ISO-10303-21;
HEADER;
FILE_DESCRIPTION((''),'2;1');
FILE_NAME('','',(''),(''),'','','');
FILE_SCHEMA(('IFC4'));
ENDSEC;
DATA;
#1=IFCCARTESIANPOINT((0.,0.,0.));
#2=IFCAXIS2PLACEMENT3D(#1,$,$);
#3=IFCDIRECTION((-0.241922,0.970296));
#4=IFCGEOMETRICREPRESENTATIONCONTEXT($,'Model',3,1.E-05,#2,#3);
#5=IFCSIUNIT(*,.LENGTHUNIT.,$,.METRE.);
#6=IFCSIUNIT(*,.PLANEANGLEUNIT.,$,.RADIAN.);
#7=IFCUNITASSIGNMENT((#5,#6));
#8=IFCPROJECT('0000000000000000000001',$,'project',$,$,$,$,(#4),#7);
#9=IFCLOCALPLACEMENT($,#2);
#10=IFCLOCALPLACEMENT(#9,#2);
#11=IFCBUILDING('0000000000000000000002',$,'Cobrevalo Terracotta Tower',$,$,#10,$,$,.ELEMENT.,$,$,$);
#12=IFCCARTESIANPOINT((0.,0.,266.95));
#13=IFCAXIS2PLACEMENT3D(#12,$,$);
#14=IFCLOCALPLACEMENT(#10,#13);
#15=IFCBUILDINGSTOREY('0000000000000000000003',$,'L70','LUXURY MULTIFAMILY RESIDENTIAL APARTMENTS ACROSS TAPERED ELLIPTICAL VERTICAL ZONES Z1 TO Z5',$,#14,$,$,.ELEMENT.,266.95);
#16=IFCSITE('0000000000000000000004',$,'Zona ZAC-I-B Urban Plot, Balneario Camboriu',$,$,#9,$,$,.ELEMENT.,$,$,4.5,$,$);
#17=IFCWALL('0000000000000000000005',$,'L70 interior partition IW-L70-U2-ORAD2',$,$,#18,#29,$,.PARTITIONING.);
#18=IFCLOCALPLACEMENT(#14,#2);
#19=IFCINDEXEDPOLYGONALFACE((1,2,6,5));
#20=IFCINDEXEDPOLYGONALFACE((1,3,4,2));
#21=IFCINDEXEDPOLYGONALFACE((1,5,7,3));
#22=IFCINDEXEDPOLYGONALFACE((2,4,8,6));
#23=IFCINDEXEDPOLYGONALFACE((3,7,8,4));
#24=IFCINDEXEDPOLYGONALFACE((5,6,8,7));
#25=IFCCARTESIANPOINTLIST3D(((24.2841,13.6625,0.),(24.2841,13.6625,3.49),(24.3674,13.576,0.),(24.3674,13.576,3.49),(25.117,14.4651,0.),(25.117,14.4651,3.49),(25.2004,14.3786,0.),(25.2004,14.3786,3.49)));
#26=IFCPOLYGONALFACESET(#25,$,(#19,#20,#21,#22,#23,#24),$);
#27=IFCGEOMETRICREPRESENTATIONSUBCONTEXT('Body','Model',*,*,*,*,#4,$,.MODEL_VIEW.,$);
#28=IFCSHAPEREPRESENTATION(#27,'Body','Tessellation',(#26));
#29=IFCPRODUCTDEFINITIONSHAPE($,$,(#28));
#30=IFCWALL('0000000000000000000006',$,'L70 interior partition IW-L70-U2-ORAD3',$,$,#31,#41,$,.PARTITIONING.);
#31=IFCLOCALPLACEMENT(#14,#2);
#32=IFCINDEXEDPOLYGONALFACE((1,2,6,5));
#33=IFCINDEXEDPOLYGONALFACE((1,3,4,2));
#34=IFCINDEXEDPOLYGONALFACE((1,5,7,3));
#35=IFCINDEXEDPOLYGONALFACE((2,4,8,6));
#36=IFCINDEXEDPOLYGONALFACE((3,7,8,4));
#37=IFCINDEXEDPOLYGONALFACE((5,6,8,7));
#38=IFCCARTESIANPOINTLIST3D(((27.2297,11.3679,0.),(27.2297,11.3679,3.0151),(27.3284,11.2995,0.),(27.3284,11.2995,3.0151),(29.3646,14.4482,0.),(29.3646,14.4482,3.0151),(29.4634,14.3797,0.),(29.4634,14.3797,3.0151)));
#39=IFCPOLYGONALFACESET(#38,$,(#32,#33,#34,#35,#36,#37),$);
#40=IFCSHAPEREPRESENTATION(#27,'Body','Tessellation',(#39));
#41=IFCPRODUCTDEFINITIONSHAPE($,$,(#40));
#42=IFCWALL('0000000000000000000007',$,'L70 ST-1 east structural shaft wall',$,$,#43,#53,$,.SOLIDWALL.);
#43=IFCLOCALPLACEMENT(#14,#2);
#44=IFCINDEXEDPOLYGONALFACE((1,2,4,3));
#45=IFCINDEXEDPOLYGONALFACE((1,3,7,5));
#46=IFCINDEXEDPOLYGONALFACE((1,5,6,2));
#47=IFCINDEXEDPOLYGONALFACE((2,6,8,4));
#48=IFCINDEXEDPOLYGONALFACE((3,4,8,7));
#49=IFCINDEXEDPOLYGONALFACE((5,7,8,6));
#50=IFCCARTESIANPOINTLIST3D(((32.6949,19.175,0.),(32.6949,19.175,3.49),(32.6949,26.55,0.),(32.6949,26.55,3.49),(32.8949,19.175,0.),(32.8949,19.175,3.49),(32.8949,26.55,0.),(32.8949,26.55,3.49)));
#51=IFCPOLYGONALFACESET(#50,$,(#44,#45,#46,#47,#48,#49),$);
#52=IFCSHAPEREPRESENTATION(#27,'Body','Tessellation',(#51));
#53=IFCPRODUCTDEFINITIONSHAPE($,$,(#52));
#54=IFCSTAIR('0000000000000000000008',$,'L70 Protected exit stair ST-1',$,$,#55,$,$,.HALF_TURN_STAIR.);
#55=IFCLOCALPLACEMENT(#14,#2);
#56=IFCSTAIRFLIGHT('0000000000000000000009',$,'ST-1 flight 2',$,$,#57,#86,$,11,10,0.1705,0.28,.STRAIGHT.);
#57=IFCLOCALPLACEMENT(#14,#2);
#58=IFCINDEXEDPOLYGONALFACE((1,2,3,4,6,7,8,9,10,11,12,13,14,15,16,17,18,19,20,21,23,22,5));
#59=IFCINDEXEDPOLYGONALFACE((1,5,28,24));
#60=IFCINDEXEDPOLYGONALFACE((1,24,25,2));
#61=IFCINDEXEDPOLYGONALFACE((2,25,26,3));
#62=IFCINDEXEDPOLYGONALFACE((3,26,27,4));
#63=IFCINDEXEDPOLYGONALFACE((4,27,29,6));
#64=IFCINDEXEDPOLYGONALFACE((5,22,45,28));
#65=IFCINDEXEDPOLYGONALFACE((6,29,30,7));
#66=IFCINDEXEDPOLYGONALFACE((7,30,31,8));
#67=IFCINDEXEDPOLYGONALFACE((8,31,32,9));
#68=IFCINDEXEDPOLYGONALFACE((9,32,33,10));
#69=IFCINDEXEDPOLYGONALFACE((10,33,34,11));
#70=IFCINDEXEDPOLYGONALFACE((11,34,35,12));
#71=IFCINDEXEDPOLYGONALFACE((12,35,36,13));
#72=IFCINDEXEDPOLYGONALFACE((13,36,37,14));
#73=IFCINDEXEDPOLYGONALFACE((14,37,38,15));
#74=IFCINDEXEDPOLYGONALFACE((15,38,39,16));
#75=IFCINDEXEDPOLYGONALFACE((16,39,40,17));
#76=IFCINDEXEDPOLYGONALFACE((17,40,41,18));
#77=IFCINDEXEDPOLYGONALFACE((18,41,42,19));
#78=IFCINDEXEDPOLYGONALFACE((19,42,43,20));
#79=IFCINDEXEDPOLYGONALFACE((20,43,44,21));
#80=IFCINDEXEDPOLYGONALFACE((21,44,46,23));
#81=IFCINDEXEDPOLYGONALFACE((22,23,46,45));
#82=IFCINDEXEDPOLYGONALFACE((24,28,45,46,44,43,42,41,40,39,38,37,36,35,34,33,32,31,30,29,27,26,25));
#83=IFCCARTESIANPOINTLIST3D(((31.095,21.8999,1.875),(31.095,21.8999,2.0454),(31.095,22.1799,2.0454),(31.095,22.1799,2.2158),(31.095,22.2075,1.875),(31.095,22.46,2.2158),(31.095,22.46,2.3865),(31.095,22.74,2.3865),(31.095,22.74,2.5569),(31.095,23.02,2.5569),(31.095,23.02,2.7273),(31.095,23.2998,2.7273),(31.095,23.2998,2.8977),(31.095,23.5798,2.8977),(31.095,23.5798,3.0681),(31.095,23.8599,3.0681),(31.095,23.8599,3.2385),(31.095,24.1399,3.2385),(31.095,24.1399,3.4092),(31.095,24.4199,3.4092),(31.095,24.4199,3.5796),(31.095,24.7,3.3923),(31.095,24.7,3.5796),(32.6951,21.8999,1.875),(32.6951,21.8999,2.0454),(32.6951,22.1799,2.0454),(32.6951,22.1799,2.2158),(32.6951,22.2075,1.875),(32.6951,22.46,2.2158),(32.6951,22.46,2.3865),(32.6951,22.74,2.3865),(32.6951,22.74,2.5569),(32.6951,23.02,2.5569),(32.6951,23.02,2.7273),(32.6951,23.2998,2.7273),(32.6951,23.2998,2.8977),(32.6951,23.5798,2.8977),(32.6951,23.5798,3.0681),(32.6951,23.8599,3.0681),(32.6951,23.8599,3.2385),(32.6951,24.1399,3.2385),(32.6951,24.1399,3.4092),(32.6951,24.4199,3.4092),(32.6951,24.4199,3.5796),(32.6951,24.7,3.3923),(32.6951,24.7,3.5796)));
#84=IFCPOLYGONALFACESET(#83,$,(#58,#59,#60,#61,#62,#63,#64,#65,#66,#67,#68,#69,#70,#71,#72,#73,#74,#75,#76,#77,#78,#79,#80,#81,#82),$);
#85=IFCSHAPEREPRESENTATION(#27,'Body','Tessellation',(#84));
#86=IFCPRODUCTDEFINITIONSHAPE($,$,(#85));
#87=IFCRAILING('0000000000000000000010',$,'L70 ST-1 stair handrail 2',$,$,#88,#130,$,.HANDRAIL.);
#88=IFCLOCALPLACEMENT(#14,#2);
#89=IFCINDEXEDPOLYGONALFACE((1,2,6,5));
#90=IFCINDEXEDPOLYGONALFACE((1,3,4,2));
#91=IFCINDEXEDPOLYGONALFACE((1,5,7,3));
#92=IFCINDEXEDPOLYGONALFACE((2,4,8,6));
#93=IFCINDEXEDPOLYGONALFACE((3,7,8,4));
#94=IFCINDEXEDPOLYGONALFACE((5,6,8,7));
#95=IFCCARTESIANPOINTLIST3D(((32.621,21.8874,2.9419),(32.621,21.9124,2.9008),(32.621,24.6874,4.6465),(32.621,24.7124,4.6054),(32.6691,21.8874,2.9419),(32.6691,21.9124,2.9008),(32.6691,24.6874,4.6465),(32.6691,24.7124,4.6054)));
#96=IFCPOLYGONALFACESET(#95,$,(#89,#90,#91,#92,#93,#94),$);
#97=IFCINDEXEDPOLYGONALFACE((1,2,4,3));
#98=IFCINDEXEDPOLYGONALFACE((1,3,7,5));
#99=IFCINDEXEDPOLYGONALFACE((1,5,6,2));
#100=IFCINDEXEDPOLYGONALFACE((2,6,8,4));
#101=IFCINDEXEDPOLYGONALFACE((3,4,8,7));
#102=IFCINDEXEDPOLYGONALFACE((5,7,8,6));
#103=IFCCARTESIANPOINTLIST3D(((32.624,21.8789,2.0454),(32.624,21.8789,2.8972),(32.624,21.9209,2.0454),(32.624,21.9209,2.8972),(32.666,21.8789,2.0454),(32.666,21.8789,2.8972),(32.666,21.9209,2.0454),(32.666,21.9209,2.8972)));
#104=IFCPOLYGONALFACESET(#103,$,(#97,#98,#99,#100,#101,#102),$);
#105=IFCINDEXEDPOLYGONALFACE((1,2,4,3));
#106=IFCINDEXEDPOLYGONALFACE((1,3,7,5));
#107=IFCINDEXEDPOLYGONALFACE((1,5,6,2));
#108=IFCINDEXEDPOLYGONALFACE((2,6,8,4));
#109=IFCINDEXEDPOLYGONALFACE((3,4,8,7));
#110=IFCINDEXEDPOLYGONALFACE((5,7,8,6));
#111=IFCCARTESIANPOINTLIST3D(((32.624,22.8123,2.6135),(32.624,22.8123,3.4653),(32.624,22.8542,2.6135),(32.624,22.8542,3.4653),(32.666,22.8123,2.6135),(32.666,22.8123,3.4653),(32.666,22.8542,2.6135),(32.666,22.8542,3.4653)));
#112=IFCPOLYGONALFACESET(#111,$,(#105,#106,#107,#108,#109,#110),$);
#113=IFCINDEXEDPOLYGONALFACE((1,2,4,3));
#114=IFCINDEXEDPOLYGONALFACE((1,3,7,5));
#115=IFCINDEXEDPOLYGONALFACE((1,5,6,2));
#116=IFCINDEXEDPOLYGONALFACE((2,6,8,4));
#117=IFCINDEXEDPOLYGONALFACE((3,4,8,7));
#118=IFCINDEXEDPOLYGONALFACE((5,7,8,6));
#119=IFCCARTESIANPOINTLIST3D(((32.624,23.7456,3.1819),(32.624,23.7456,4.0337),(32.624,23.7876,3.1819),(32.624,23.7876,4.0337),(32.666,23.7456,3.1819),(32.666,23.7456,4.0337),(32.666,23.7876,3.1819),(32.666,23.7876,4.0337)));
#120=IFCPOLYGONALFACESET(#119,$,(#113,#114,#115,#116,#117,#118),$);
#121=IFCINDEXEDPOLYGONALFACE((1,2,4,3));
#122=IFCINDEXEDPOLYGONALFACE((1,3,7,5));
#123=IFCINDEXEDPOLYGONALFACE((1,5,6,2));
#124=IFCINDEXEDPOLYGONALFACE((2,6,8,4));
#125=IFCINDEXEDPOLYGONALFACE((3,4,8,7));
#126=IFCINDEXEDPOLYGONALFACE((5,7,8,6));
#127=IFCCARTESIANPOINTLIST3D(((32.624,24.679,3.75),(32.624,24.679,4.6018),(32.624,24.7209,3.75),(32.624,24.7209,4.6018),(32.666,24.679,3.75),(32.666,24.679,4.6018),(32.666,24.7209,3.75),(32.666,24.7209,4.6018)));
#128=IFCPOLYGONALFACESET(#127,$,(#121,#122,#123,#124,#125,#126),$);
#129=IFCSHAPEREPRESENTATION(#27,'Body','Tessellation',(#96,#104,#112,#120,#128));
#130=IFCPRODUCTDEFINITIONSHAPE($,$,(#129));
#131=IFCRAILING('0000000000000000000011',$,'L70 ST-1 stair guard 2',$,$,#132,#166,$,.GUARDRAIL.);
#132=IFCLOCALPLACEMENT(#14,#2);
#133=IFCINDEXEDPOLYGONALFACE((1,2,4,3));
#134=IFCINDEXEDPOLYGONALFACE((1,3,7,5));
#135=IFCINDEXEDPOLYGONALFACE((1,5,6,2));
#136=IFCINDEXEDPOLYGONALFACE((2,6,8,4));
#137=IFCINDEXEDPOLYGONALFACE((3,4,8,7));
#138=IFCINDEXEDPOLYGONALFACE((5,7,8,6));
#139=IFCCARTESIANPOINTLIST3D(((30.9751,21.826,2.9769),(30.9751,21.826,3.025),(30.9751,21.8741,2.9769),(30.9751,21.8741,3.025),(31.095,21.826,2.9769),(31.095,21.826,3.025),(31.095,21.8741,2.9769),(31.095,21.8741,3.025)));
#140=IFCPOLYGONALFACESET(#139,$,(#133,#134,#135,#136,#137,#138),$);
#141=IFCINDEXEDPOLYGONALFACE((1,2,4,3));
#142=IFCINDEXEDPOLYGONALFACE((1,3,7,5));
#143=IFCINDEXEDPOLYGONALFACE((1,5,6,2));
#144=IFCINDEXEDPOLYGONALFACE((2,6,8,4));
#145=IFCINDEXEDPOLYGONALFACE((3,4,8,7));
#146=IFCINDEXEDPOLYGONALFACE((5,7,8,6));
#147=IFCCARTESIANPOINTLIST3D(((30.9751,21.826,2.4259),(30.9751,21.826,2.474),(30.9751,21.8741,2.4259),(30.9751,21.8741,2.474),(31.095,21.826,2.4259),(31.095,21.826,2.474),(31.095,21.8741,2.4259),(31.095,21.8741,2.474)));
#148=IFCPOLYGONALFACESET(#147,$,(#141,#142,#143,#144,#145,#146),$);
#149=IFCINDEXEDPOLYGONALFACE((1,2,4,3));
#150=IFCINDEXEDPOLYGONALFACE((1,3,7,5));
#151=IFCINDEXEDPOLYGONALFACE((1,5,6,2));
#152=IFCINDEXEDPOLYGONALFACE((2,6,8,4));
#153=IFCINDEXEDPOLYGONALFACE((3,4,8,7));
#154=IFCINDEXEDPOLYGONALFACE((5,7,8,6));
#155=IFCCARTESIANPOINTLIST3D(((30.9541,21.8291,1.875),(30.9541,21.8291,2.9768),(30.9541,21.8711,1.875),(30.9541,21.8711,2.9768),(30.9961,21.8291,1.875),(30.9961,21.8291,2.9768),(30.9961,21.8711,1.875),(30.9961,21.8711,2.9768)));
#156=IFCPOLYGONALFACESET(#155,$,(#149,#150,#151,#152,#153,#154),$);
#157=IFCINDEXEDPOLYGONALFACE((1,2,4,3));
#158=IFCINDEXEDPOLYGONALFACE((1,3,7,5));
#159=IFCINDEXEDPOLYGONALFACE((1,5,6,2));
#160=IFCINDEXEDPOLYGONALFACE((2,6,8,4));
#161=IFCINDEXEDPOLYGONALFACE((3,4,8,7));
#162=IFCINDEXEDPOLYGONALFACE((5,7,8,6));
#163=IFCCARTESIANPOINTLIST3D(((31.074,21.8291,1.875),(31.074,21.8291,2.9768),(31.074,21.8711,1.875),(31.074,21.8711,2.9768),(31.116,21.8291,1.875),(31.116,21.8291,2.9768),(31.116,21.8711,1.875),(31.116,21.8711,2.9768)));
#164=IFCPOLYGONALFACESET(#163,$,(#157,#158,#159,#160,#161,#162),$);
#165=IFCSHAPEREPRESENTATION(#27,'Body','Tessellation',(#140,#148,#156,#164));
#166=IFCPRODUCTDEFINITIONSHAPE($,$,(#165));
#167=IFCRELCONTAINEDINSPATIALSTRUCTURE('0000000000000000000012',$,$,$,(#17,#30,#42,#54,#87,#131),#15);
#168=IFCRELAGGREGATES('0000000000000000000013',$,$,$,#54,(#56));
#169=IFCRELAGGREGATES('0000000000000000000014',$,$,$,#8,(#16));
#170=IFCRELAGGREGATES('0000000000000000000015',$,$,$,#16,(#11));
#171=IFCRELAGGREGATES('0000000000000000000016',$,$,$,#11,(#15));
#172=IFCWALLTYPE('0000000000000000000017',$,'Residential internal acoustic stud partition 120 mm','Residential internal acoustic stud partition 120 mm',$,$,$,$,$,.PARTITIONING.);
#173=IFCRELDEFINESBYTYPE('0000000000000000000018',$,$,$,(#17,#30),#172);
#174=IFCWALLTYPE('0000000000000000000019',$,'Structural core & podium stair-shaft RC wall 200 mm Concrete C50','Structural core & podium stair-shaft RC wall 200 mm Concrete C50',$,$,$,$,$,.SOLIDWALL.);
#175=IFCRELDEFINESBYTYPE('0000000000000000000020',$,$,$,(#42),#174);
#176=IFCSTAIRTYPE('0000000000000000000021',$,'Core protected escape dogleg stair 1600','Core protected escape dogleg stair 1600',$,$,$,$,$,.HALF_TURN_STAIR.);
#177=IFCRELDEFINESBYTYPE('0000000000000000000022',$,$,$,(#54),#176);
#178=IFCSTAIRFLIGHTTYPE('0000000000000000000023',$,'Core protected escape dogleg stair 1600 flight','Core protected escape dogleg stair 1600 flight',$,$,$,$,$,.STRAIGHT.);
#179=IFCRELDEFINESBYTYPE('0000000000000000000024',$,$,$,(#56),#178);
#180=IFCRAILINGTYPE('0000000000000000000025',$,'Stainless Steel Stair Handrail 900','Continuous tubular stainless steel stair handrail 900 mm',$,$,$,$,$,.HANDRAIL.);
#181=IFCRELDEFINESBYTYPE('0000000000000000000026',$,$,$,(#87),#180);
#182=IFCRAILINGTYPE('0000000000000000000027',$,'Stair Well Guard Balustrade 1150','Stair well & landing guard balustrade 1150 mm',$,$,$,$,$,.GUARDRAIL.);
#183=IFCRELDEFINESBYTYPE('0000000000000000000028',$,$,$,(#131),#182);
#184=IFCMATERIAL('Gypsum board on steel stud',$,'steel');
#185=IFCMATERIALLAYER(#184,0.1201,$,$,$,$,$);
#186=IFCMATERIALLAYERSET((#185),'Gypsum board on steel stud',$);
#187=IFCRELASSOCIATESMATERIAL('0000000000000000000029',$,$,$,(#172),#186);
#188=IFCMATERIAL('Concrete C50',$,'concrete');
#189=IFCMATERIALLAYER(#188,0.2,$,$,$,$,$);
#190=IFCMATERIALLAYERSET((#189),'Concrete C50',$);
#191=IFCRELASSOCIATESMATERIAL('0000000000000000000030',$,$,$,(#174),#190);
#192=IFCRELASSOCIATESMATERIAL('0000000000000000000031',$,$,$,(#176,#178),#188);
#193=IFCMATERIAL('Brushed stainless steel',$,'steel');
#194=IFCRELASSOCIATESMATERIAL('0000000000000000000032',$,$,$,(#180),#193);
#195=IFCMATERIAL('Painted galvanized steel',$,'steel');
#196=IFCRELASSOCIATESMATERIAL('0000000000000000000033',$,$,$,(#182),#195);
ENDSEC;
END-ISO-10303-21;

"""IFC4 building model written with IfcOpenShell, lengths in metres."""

from ifc_helpers import new_model, si_unit, direction, frame, frame_2d, origin, origin_2d, place, context, subcontext, project, spatial, polyline, rectangle, outline, extrude, material, layer, layer_set, type_object, element, aggregate, save


model = new_model("IFC4")

# Units and contexts
model_context = context("Model", 3, precision=1e-05, world=origin(), true_north=direction((-0.241922, 0.970296)))
body_context = subcontext(model_context, "Body", "Model", "MODEL_VIEW")
ifc_project = project(units=[si_unit("LENGTHUNIT", "METRE"), si_unit("PLANEANGLEUNIT", "RADIAN")], contexts=[model_context])

# Site, building, storey
site_placement = place(None, origin())
site = spatial("IfcSite", under=ifc_project, at=site_placement, Name="Zona ZAC-I-B Urban Plot, Balneario Camboriu", CompositionType="ELEMENT", RefElevation=4.5)
building_placement = place(site_placement, origin())
building = spatial("IfcBuilding", under=site, at=building_placement, Name="Cobrevalo Terracotta Tower", CompositionType="ELEMENT")
storey_placement = place(building_placement, frame((0.0, 0.0, 266.95)))
storey = spatial("IfcBuildingStorey", under=building, at=storey_placement, Name="L70", Description="LUXURY MULTIFAMILY RESIDENTIAL APARTMENTS ACROSS TAPERED ELLIPTICAL VERTICAL ZONES Z1 TO Z5", CompositionType="ELEMENT", Elevation=266.95)

# Shared definitions
ifc_material_1 = material(Name="Concrete C50", Category="concrete")

# Shared definitions
ifc_material_2 = material(Name="Gypsum board on steel stud", Category="steel")

# Walls
ifc_layer_1 = layer(ifc_material_2, 0.1201)
ifc_layer_set_1 = layer_set([ifc_layer_1], Name="Gypsum board on steel stud")
wall_type_1 = type_object("IfcWallType", Name="Residential internal acoustic stud partition 120 mm", Description="Residential internal acoustic stud partition 120 mm", PredefinedType="PARTITIONING", material=ifc_layer_set_1)
wall_1_placement = place(storey_placement, frame((25.1587, 14.4219, 0.0), z_axis=(0.0, 0.0, 1.0), x_axis=(-0.72007, -0.693901, 0.0)))
element("IfcWall", 1, at=wall_1_placement, inside=storey, type_object=wall_type_1, Name="L70 interior partition IW-L70-U2-ORAD2", PredefinedType="PARTITIONING", context=body_context, shape_type="SweptSolid", body=[
    extrude(rectangle(XDim=1.1567, YDim=0.1201, at=frame_2d((0.5784, 0.0))), origin(), (0.0, 0.0, 1.0), 3.49),
])
wall_2_placement = place(storey_placement, frame((29.4141, 14.4141, 0.0), z_axis=(0.0, 0.0, 1.0), x_axis=(-0.569657, -0.821883, 0.0)))
element("IfcWall", 2, at=wall_2_placement, inside=storey, type_object=wall_type_1, Name="L70 interior partition IW-L70-U2-ORAD3", PredefinedType="PARTITIONING", context=body_context, shape_type="SweptSolid", body=[
    extrude(rectangle(XDim=3.7478, YDim=0.1201, at=frame_2d((1.874, 0.0))), origin(), (0.0, 0.0, 1.0), 3.0151),
])

# Wall
ifc_layer_2 = layer(ifc_material_1, 0.2)
ifc_layer_set_2 = layer_set([ifc_layer_2], Name="Concrete C50")
wall_type_2 = type_object("IfcWallType", Name="Structural core & podium stair-shaft RC wall 200 mm Concrete C50", Description="Structural core & podium stair-shaft RC wall 200 mm Concrete C50", PredefinedType="SOLIDWALL", material=ifc_layer_set_2)
wall_3_placement = place(storey_placement, frame((32.7949, 19.175, 0.0), z_axis=(0.0, 0.0, 1.0), x_axis=(0.0, 1.0, 0.0)))
element("IfcWall", 3, at=wall_3_placement, inside=storey, type_object=wall_type_2, Name="L70 ST-1 east structural shaft wall", PredefinedType="SOLIDWALL", context=body_context, shape_type="SweptSolid", body=[
    extrude(rectangle(XDim=7.375, YDim=0.2, at=frame_2d((3.6875, 0.0))), origin(), (0.0, 0.0, 1.0), 3.49),
])

# Stair, stair flight
stair_type = type_object("IfcStairType", Name="Core protected escape dogleg stair 1600", Description="Core protected escape dogleg stair 1600", PredefinedType="HALF_TURN_STAIR", material=ifc_material_1)
stair_placement = place(storey_placement, origin())
stair = element("IfcStair", 4, at=stair_placement, inside=storey, type_object=stair_type, Name="L70 Protected exit stair ST-1", PredefinedType="HALF_TURN_STAIR")
stair_flight_type = type_object("IfcStairFlightType", Name="Core protected escape dogleg stair 1600 flight", Description="Core protected escape dogleg stair 1600 flight", PredefinedType="STRAIGHT", material=ifc_material_1)
stair_flight_placement = place(storey_placement, frame((31.895, 21.8999, 1.875), z_axis=(0.0, 0.0, 1.0), x_axis=(0.0, 1.0, 0.0)))
stair_flight = element("IfcStairFlight", 5, at=stair_flight_placement, type_object=stair_flight_type, Name="ST-1 flight 2", NumberOfRisers=11, NumberOfTreads=10, PredefinedType="STRAIGHT", RiserHeight=0.1705, TreadLength=0.28, context=body_context, shape_type="SweptSolid", body=[
    extrude(outline(polyline([(0.0, 0.0), (0.0, 0.1704), (0.28, 0.1704), (0.28, 0.3408), (0.5601, 0.3408), (0.5601, 0.5115), (0.8401, 0.5115), (0.8401, 0.6819), (1.1201, 0.6819), (1.1201, 0.8523), (1.3999, 0.8523), (1.3999, 1.0227), (1.6799, 1.0227), (1.6799, 1.1931), (1.96, 1.1931), (1.96, 1.3635), (2.24, 1.3635), (2.24, 1.5342), (2.52, 1.5342), (2.52, 1.7046), (2.8, 1.7046), (2.8, 1.875), (2.8, 1.5173), (0.3076, 0.0), (0.0, 0.0)])), frame((0.0, 0.8, 0.0), z_axis=(0.0, -1.0, 0.0), x_axis=(1.0, 0.0, 0.0)), (0.0, 0.0, 1.0), 1.6001),
])
aggregate(stair, [stair_flight])

# Railings
ifc_material_3 = material(Name="Brushed stainless steel", Category="steel")
railing_type_1 = type_object("IfcRailingType", Name="Stainless Steel Stair Handrail 900", Description="Continuous tubular stainless steel stair handrail 900 mm", PredefinedType="HANDRAIL", material=ifc_material_3)
railing_1_placement = place(storey_placement, frame((32.645, 21.8999, 2.0454)))
element("IfcRailing", 6, at=railing_1_placement, inside=storey, type_object=railing_type_1, Name="L70 ST-1 stair handrail 2", PredefinedType="HANDRAIL", context=body_context, shape_type="SweptSolid", body=[
    extrude(rectangle(XDim=0.0481, YDim=0.0481, at=origin_2d()), frame((0.0, 0.0, 0.876), z_axis=(0.0, 0.85417, 0.519994), x_axis=(-1.0, 0.0, 0.0)), (0.0, 0.0, 1.0), 3.2781),
    extrude(rectangle(XDim=0.042, YDim=0.042, at=origin_2d()), origin(), (0.0, 0.0, 1.0), 0.8518),
    extrude(rectangle(XDim=0.042, YDim=0.042, at=origin_2d()), frame((0.0, 0.9333, 0.5681)), (0.0, 0.0, 1.0), 0.8518),
    extrude(rectangle(XDim=0.042, YDim=0.042, at=origin_2d()), frame((0.0, 1.8667, 1.1365)), (0.0, 0.0, 1.0), 0.8518),
    extrude(rectangle(XDim=0.042, YDim=0.042, at=origin_2d()), frame((0.0, 2.8, 1.7046)), (0.0, 0.0, 1.0), 0.8518),
])
ifc_material_4 = material(Name="Painted galvanized steel", Category="steel")
railing_type_2 = type_object("IfcRailingType", Name="Stair Well Guard Balustrade 1150", Description="Stair well & landing guard balustrade 1150 mm", PredefinedType="GUARDRAIL", material=ifc_material_4)
railing_2_placement = place(storey_placement, frame((30.9751, 21.8501, 1.875)))
element("IfcRailing", 7, at=railing_2_placement, inside=storey, type_object=railing_type_2, Name="L70 ST-1 stair guard 2", PredefinedType="GUARDRAIL", context=body_context, shape_type="SweptSolid", body=[
    extrude(rectangle(XDim=0.0481, YDim=0.0481, at=origin_2d()), frame((0.0, 0.0, 1.126), z_axis=(1.0, 0.0, 0.0), x_axis=(0.0, 1.0, 0.0)), (0.0, 0.0, 1.0), 0.1199),
    extrude(rectangle(XDim=0.0481, YDim=0.0481, at=origin_2d()), frame((0.0, 0.0, 0.575), z_axis=(1.0, 0.0, 0.0), x_axis=(0.0, 1.0, 0.0)), (0.0, 0.0, 1.0), 0.1199),
    extrude(rectangle(XDim=0.042, YDim=0.042, at=origin_2d()), origin(), (0.0, 0.0, 1.0), 1.1018),
    extrude(rectangle(XDim=0.042, YDim=0.042, at=origin_2d()), frame((0.1199, 0.0, 0.0)), (0.0, 0.0, 1.0), 1.1018),
])

save(model, "model.ifc")
